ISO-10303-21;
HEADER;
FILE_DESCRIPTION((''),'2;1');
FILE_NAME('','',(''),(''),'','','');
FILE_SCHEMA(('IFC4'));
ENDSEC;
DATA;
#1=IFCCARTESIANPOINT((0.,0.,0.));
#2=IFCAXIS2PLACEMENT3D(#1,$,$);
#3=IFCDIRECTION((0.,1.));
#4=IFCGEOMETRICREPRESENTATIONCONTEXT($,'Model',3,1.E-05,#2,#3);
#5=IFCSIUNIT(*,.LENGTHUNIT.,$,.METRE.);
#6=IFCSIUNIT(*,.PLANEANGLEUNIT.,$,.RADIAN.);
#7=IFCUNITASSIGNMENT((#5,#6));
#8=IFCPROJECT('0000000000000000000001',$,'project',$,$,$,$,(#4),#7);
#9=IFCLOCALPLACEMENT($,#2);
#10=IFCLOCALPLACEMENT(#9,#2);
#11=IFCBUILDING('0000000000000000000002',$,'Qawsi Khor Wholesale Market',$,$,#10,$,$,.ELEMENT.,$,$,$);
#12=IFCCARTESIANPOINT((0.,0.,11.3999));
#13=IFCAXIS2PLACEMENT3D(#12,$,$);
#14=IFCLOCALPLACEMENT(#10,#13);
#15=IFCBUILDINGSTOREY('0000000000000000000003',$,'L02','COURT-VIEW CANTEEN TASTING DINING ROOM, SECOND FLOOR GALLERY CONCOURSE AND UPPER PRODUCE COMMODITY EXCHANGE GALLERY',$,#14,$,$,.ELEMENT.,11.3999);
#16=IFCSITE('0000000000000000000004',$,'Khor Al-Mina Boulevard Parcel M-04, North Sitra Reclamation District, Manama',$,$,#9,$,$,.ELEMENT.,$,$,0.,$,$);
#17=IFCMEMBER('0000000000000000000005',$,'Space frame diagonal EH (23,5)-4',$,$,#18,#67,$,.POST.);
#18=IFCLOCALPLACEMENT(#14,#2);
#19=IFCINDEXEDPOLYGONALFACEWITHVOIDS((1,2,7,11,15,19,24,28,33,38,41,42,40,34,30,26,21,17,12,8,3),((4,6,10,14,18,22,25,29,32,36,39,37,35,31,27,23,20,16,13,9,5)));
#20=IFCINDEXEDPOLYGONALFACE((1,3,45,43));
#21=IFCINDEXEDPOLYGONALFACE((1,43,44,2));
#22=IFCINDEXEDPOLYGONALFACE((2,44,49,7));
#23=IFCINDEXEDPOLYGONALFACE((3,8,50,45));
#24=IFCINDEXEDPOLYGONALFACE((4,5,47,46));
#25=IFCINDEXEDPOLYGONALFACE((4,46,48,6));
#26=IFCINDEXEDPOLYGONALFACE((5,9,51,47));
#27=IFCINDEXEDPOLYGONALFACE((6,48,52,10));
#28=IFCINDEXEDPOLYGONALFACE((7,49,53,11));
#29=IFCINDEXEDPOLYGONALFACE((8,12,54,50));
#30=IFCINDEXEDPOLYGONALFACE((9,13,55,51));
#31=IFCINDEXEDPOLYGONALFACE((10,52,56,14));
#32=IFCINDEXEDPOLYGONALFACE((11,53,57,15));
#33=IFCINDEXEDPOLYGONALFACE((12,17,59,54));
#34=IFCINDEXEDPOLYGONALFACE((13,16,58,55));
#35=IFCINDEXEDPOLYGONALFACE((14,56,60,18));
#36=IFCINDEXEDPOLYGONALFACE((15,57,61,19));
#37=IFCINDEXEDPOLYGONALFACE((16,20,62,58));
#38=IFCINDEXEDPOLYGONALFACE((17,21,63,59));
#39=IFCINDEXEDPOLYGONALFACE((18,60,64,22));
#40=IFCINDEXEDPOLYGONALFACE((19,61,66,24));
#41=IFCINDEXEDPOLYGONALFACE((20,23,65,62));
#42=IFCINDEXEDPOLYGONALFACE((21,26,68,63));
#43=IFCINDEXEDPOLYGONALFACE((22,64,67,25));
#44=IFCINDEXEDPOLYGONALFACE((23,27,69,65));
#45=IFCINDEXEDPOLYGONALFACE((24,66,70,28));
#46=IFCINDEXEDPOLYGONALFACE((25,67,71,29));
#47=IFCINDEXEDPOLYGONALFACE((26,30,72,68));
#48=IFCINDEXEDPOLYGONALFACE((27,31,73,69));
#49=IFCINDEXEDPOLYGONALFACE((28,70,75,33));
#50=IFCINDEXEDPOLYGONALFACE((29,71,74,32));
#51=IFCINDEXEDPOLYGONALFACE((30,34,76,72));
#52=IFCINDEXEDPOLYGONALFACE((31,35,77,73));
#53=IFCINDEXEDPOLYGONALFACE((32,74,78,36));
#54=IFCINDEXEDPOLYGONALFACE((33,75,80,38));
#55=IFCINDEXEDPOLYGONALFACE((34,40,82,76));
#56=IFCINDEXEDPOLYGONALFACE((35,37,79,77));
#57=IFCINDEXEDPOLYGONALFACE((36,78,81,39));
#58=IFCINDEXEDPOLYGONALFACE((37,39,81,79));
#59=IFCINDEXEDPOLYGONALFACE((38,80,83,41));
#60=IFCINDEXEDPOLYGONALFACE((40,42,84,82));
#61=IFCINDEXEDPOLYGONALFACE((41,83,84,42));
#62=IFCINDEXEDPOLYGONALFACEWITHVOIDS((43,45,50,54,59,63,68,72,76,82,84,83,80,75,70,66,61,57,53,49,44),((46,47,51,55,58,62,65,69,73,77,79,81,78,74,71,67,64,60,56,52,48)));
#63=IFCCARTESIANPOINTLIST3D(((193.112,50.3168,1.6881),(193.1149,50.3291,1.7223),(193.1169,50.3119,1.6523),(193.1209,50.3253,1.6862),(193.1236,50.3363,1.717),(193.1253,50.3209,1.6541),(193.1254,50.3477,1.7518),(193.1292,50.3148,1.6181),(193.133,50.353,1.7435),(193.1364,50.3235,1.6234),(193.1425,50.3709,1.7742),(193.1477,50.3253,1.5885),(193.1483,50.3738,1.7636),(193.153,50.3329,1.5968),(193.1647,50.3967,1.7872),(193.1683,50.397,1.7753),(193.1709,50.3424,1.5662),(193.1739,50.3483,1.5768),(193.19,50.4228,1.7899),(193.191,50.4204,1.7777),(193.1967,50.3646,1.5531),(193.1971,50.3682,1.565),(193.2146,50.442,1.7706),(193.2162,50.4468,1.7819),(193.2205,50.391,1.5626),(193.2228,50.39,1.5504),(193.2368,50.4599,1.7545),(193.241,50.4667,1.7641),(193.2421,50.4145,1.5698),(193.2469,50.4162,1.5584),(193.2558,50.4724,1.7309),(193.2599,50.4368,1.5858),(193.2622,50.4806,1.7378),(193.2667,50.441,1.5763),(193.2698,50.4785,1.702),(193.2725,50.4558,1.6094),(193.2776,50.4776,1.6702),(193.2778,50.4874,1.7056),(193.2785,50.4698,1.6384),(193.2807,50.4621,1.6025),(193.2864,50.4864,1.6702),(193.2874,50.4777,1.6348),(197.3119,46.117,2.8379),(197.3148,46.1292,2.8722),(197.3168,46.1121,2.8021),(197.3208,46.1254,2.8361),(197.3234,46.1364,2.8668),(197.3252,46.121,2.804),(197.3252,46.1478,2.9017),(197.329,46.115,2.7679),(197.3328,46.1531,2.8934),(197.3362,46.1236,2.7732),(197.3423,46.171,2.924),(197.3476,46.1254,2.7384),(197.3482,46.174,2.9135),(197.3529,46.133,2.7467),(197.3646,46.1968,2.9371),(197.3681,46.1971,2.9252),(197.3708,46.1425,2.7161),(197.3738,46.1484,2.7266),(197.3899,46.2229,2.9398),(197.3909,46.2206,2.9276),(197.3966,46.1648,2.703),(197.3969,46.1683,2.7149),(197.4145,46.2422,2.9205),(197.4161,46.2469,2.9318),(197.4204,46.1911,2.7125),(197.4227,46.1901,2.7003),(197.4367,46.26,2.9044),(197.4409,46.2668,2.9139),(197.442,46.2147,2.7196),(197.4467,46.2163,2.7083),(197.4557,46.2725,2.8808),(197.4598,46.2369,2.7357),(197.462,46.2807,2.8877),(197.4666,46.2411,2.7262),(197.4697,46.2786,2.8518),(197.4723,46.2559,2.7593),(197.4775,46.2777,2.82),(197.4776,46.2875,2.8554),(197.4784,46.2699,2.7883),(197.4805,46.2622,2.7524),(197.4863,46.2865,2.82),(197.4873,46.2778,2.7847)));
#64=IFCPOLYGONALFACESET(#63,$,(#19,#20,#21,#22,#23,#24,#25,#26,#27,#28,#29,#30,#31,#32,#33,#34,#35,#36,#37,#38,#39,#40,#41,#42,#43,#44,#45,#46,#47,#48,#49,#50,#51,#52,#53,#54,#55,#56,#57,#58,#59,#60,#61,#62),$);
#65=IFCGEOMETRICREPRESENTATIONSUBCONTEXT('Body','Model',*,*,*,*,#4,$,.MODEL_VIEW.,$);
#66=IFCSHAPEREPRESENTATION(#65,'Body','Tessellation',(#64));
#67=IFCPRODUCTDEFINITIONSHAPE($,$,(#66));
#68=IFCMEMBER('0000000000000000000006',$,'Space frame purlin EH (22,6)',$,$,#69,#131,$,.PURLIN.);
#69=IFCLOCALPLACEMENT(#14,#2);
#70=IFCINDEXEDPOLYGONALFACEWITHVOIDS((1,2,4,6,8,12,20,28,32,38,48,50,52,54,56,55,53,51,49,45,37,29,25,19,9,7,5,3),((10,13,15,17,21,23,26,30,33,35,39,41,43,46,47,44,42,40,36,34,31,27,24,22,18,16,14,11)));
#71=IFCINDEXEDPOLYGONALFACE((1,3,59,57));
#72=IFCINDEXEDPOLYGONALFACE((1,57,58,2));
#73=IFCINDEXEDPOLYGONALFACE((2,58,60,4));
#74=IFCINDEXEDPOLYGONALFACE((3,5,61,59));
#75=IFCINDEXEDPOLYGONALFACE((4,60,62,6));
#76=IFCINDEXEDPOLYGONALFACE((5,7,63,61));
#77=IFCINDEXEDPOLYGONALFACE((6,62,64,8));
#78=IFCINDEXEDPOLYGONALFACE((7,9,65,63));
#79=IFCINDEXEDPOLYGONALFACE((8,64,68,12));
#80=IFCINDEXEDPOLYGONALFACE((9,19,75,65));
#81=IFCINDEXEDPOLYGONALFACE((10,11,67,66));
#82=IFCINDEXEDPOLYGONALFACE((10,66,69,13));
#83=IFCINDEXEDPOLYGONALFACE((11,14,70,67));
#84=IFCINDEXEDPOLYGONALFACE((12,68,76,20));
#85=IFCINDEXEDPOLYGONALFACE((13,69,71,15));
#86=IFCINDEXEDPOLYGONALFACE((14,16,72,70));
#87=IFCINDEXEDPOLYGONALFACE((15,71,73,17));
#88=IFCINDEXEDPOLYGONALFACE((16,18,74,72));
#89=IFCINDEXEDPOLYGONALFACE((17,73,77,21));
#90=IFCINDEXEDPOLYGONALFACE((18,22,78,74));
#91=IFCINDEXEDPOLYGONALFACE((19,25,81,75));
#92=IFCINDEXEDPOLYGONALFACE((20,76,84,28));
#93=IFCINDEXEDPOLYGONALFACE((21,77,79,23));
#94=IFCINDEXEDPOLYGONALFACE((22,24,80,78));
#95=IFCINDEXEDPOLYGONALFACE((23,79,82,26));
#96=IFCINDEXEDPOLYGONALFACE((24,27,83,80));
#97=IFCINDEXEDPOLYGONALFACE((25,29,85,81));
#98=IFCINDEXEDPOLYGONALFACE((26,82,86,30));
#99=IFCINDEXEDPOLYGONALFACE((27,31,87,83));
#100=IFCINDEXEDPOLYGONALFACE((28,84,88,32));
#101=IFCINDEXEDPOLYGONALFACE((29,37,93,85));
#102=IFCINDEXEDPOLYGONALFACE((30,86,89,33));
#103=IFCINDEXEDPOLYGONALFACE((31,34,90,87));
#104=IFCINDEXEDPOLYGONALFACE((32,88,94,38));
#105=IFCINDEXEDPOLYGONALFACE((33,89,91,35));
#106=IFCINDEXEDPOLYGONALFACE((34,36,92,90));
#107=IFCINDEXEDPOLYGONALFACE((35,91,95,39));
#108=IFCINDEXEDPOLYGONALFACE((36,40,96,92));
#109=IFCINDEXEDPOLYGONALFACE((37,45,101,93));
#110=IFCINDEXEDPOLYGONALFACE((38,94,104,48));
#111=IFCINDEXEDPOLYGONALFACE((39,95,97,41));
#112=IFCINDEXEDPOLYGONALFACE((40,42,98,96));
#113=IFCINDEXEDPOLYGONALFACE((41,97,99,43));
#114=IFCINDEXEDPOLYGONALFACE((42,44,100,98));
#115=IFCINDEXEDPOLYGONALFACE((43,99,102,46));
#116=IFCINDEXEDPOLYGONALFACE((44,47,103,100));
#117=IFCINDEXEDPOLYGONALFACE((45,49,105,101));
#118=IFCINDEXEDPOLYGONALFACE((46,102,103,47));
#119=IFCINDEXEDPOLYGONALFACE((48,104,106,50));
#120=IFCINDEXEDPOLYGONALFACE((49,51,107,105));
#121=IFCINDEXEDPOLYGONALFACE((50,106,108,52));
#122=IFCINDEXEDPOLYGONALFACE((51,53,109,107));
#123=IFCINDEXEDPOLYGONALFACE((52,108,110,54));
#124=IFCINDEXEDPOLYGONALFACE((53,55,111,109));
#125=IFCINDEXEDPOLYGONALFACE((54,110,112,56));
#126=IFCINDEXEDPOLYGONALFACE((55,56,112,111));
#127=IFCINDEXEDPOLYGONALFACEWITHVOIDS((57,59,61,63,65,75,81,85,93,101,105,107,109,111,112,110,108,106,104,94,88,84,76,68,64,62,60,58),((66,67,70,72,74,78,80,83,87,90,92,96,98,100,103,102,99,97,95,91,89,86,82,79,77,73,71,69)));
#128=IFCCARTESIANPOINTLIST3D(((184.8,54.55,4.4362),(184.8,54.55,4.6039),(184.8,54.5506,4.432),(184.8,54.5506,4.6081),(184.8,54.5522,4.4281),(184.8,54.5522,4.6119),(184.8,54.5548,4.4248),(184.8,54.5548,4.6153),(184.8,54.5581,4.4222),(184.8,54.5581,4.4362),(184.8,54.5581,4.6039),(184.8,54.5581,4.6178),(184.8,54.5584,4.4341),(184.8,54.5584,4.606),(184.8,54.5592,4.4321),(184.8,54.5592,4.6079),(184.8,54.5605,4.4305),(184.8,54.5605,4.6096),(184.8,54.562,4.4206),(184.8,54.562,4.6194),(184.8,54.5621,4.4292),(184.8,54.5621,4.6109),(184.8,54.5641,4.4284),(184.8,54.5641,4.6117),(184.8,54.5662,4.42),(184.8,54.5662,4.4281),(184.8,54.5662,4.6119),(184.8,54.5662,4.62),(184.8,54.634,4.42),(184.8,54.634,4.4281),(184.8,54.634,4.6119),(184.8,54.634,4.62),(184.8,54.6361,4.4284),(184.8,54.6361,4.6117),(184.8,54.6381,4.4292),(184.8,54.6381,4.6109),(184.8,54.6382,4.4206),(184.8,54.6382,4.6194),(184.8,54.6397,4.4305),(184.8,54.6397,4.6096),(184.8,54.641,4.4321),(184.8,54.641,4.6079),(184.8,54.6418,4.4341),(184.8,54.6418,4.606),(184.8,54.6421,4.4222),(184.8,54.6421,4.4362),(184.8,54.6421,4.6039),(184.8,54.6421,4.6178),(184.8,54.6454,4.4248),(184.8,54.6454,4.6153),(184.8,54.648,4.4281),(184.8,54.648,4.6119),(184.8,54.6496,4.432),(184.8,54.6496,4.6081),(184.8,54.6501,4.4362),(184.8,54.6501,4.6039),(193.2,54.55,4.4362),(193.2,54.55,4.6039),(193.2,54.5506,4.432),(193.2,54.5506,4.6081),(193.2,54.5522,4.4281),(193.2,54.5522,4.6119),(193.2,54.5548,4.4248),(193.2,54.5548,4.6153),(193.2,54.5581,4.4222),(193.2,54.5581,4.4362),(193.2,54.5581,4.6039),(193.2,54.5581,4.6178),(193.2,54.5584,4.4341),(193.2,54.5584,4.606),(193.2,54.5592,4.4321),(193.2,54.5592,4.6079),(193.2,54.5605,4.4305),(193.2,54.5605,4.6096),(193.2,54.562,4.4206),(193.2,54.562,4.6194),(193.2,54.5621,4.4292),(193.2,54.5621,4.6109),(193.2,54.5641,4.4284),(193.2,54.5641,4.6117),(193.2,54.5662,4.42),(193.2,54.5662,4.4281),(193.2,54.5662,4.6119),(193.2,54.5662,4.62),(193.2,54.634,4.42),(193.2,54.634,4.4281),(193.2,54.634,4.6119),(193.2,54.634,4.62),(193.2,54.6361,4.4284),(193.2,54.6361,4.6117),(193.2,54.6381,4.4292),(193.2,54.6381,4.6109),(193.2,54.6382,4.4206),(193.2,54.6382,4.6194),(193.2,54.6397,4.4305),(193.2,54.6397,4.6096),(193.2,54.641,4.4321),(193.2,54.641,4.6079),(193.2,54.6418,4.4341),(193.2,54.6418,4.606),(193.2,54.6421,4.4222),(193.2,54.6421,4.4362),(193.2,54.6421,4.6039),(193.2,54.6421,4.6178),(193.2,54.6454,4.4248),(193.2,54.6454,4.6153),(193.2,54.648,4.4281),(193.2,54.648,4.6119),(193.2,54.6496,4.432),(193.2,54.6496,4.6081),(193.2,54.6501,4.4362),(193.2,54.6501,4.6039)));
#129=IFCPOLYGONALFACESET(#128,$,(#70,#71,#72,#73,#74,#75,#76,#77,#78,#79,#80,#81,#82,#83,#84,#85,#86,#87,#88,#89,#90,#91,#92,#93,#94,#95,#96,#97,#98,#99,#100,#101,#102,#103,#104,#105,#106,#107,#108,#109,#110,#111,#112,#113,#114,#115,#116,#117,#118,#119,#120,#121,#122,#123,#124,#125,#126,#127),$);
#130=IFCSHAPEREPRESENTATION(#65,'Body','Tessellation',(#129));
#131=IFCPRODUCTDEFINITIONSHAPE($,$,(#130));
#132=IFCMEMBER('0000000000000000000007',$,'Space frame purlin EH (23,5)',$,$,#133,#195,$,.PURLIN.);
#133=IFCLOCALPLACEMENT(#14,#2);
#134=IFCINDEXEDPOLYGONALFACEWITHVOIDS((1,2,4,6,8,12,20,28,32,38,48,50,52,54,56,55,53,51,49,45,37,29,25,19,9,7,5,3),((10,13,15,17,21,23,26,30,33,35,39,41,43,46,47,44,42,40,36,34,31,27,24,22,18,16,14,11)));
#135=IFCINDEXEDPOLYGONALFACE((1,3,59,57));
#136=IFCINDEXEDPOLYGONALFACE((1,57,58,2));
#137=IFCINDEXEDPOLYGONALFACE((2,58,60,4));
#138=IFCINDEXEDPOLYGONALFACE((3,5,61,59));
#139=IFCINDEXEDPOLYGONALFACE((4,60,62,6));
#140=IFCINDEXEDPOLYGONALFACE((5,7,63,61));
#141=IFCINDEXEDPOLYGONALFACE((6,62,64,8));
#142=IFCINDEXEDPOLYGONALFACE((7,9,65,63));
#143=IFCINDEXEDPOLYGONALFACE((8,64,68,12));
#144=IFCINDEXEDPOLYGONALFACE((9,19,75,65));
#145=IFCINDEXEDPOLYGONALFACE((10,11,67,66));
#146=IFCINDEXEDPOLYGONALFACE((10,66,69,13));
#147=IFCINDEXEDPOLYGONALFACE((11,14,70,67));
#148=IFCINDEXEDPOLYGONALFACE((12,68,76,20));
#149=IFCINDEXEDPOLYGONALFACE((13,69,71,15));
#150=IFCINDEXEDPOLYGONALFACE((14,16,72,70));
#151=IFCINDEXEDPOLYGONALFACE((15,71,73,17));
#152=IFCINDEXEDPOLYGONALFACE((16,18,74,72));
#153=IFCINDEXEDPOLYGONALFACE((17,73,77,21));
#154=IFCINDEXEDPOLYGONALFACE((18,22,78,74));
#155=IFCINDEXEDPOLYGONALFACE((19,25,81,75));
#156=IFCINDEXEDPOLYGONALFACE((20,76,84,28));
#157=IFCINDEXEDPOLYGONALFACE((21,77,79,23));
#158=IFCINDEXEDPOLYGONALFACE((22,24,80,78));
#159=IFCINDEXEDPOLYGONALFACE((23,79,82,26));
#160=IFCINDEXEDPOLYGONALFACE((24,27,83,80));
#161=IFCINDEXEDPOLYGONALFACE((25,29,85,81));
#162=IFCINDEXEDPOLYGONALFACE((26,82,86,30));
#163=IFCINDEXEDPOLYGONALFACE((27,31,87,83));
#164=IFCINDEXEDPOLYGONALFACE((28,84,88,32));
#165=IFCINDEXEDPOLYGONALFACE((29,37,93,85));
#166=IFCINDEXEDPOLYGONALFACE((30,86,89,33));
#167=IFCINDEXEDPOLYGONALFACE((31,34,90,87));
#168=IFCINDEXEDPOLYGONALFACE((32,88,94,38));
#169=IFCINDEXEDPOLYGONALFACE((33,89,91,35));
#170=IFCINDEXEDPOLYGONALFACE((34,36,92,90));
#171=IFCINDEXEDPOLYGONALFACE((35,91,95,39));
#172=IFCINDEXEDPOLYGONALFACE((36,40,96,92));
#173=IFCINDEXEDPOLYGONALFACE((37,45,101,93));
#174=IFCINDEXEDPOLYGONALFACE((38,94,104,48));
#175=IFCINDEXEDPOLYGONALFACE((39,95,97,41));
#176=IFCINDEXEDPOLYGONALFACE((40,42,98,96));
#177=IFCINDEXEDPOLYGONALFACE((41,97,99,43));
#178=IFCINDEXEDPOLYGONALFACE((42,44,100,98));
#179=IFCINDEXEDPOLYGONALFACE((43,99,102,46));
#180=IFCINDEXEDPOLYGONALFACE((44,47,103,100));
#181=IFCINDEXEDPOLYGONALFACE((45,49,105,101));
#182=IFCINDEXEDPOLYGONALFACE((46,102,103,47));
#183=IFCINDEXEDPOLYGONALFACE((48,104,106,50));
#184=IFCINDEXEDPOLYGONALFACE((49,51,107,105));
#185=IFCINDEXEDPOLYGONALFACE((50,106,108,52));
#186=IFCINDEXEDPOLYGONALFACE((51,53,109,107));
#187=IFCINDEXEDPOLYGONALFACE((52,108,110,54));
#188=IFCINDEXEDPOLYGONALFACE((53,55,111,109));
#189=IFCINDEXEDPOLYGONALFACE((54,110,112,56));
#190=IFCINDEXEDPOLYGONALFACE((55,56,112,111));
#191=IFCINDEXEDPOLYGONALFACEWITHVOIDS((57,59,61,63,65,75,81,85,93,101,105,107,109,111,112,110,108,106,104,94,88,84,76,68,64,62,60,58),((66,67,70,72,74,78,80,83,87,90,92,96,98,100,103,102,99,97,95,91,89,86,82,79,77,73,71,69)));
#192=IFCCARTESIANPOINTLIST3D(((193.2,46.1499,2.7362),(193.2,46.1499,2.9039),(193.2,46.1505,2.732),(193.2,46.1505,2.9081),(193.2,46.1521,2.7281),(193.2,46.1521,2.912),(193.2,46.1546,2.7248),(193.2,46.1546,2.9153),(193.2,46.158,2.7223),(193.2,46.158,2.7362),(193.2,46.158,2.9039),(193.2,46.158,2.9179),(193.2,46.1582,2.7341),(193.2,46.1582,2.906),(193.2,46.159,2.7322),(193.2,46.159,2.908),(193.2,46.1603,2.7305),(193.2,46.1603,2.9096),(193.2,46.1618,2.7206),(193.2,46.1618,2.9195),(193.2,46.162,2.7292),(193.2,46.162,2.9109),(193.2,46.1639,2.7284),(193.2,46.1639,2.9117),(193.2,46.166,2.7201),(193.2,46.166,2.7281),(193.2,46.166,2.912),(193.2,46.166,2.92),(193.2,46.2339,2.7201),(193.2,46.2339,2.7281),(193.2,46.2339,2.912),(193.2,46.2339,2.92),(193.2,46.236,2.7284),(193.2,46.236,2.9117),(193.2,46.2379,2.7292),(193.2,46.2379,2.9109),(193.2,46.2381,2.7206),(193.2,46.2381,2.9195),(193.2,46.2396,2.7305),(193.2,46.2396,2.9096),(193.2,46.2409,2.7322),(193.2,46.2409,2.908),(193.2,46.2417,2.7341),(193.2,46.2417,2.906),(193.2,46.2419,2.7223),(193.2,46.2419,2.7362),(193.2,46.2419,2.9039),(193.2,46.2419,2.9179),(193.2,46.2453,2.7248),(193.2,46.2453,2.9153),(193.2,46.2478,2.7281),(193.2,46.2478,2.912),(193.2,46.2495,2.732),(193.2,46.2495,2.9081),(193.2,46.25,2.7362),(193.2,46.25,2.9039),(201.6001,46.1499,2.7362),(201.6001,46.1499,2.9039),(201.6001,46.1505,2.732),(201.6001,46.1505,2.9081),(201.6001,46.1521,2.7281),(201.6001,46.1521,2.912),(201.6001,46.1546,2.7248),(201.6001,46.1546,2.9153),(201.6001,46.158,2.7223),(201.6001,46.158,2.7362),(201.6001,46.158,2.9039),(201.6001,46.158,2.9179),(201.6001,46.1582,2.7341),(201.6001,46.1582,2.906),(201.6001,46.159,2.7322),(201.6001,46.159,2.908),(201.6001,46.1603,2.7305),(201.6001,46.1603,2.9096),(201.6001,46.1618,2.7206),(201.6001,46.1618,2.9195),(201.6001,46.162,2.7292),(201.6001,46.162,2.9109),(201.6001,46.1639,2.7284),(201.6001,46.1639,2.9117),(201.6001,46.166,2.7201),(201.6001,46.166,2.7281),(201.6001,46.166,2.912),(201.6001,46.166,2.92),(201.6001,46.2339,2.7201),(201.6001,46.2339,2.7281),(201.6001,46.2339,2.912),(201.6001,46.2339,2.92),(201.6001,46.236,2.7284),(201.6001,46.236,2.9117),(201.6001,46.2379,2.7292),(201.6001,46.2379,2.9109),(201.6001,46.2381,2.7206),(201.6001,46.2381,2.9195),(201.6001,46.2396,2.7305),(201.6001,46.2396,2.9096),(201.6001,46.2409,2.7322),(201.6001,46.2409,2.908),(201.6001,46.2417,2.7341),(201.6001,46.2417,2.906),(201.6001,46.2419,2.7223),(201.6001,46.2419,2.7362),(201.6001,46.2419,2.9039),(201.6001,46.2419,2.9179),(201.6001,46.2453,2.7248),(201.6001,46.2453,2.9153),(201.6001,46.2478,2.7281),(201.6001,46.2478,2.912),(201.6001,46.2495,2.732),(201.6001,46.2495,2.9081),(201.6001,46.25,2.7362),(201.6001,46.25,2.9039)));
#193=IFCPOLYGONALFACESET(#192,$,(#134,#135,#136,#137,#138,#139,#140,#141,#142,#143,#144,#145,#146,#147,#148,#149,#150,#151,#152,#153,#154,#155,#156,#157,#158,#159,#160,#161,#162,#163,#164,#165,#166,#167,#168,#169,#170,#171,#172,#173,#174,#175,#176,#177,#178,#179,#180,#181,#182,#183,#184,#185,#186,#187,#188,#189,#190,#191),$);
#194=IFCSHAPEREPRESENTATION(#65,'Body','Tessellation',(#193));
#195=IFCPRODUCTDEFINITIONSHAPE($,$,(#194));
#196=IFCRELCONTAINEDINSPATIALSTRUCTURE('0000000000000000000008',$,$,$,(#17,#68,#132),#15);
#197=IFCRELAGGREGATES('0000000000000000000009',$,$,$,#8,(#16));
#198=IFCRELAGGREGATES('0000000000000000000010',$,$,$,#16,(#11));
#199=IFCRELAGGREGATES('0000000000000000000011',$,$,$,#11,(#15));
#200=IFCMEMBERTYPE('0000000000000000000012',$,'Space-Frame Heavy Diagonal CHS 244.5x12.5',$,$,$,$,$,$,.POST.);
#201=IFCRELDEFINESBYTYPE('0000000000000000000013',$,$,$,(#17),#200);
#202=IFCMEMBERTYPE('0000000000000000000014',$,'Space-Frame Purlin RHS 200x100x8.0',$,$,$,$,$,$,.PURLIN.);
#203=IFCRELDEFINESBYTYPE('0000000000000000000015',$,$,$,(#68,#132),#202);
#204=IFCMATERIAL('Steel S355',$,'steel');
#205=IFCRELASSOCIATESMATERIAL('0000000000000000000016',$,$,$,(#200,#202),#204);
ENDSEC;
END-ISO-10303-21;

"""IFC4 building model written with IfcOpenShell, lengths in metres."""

from ifc_helpers import new_model, si_unit, direction, frame, origin, origin_2d, place, context, subcontext, project, spatial, hollow_rectangle, hollow_circle, extrude, material, material_profile, profile_set, type_object, element, save


model = new_model("IFC4")

# Units and contexts
model_context = context("Model", 3, precision=1e-05, world=origin(), true_north=direction((0.0, 1.0)))
body_context = subcontext(model_context, "Body", "Model", "MODEL_VIEW")
ifc_project = project(units=[si_unit("LENGTHUNIT", "METRE"), si_unit("PLANEANGLEUNIT", "RADIAN")], contexts=[model_context])

# Site, building, storey
site_placement = place(None, origin())
site = spatial("IfcSite", under=ifc_project, at=site_placement, Name="Khor Al-Mina Boulevard Parcel M-04, North Sitra Reclamation District, Manama", CompositionType="ELEMENT", RefElevation=0.0)
building_placement = place(site_placement, origin())
building = spatial("IfcBuilding", under=site, at=building_placement, Name="Qawsi Khor Wholesale Market", CompositionType="ELEMENT")
storey_placement = place(building_placement, frame((0.0, 0.0, 11.3999)))
storey = spatial("IfcBuildingStorey", under=building, at=storey_placement, Name="L02", Description="COURT-VIEW CANTEEN TASTING DINING ROOM, SECOND FLOOR GALLERY CONCOURSE AND UPPER PRODUCE COMMODITY EXCHANGE GALLERY", CompositionType="ELEMENT", Elevation=11.3999)

# Members
ifc_material_1 = material(Name="Steel S355", Category="steel")
ifc_material_profile_1 = material_profile(ifc_material_1, hollow_circle(Radius=0.1223, WallThickness=0.0125, at=origin_2d()), Name="CHS 244.5x12.5")
ifc_profile_set_1 = profile_set([ifc_material_profile_1], Name="Steel S355")
member_type_1 = type_object("IfcMemberType", Name="Space-Frame Heavy Diagonal CHS 244.5x12.5", PredefinedType="POST", material=ifc_profile_set_1)
for number, where, z_axis, x_axis, name in (
    (1, (193.2, 50.3999, 1.6702), (0.694217, -0.694217, 0.190069), (0.707107, 0.707107, 0.0), "Space frame diagonal EH (23,5)-4"),
):
    element("IfcMember", number, at=place(storey_placement, frame(where, z_axis=z_axis, x_axis=x_axis)), inside=storey, type_object=member_type_1, Name=name, PredefinedType="POST", context=body_context, shape_type="SweptSolid", body=[
        extrude(hollow_circle(Radius=0.1223, WallThickness=0.0125, at=origin_2d()), origin(), (0.0, 0.0, 1.0), 6.0498),
    ])
ifc_material_profile_2 = material_profile(ifc_material_1, hollow_rectangle(XDim=0.1001, YDim=0.2, WallThickness=0.0081, InnerFilletRadius=0.0081, OuterFilletRadius=0.0161, at=origin_2d()), Name="RHS 200x100x8.0")
ifc_profile_set_2 = profile_set([ifc_material_profile_2], Name="Steel S355")
member_type_2 = type_object("IfcMemberType", Name="Space-Frame Purlin RHS 200x100x8.0", PredefinedType="PURLIN", material=ifc_profile_set_2)
member_1_placement = place(storey_placement, frame((184.8, 54.6001, 4.52), z_axis=(1.0, 0.0, 0.0), x_axis=(0.0, 1.0, 0.0)))
element("IfcMember", 2, at=member_1_placement, inside=storey, type_object=member_type_2, Name="Space frame purlin EH (22,6)", PredefinedType="PURLIN", context=body_context, shape_type="SweptSolid", body=[
    extrude(hollow_rectangle(XDim=0.1001, YDim=0.2, WallThickness=0.0081, InnerFilletRadius=0.0081, OuterFilletRadius=0.0161, at=origin_2d()), origin(), (0.0, 0.0, 1.0), 8.3999),
])
for number, where, z_axis, x_axis, name in (
    (3, (193.2, 46.2, 2.8201), (1.0, 0.0, 0.0), (0.0, 1.0, 0.0), "Space frame purlin EH (23,5)"),
):
    element("IfcMember", number, at=place(storey_placement, frame(where, z_axis=z_axis, x_axis=x_axis)), inside=storey, type_object=member_type_2, Name=name, PredefinedType="PURLIN", context=body_context, shape_type="SweptSolid", body=[
        extrude(hollow_rectangle(XDim=0.1001, YDim=0.2, WallThickness=0.0081, InnerFilletRadius=0.0081, OuterFilletRadius=0.0161, at=origin_2d()), origin(), (0.0, 0.0, 1.0), 8.4001),
    ])

save(model, "model.ifc")
